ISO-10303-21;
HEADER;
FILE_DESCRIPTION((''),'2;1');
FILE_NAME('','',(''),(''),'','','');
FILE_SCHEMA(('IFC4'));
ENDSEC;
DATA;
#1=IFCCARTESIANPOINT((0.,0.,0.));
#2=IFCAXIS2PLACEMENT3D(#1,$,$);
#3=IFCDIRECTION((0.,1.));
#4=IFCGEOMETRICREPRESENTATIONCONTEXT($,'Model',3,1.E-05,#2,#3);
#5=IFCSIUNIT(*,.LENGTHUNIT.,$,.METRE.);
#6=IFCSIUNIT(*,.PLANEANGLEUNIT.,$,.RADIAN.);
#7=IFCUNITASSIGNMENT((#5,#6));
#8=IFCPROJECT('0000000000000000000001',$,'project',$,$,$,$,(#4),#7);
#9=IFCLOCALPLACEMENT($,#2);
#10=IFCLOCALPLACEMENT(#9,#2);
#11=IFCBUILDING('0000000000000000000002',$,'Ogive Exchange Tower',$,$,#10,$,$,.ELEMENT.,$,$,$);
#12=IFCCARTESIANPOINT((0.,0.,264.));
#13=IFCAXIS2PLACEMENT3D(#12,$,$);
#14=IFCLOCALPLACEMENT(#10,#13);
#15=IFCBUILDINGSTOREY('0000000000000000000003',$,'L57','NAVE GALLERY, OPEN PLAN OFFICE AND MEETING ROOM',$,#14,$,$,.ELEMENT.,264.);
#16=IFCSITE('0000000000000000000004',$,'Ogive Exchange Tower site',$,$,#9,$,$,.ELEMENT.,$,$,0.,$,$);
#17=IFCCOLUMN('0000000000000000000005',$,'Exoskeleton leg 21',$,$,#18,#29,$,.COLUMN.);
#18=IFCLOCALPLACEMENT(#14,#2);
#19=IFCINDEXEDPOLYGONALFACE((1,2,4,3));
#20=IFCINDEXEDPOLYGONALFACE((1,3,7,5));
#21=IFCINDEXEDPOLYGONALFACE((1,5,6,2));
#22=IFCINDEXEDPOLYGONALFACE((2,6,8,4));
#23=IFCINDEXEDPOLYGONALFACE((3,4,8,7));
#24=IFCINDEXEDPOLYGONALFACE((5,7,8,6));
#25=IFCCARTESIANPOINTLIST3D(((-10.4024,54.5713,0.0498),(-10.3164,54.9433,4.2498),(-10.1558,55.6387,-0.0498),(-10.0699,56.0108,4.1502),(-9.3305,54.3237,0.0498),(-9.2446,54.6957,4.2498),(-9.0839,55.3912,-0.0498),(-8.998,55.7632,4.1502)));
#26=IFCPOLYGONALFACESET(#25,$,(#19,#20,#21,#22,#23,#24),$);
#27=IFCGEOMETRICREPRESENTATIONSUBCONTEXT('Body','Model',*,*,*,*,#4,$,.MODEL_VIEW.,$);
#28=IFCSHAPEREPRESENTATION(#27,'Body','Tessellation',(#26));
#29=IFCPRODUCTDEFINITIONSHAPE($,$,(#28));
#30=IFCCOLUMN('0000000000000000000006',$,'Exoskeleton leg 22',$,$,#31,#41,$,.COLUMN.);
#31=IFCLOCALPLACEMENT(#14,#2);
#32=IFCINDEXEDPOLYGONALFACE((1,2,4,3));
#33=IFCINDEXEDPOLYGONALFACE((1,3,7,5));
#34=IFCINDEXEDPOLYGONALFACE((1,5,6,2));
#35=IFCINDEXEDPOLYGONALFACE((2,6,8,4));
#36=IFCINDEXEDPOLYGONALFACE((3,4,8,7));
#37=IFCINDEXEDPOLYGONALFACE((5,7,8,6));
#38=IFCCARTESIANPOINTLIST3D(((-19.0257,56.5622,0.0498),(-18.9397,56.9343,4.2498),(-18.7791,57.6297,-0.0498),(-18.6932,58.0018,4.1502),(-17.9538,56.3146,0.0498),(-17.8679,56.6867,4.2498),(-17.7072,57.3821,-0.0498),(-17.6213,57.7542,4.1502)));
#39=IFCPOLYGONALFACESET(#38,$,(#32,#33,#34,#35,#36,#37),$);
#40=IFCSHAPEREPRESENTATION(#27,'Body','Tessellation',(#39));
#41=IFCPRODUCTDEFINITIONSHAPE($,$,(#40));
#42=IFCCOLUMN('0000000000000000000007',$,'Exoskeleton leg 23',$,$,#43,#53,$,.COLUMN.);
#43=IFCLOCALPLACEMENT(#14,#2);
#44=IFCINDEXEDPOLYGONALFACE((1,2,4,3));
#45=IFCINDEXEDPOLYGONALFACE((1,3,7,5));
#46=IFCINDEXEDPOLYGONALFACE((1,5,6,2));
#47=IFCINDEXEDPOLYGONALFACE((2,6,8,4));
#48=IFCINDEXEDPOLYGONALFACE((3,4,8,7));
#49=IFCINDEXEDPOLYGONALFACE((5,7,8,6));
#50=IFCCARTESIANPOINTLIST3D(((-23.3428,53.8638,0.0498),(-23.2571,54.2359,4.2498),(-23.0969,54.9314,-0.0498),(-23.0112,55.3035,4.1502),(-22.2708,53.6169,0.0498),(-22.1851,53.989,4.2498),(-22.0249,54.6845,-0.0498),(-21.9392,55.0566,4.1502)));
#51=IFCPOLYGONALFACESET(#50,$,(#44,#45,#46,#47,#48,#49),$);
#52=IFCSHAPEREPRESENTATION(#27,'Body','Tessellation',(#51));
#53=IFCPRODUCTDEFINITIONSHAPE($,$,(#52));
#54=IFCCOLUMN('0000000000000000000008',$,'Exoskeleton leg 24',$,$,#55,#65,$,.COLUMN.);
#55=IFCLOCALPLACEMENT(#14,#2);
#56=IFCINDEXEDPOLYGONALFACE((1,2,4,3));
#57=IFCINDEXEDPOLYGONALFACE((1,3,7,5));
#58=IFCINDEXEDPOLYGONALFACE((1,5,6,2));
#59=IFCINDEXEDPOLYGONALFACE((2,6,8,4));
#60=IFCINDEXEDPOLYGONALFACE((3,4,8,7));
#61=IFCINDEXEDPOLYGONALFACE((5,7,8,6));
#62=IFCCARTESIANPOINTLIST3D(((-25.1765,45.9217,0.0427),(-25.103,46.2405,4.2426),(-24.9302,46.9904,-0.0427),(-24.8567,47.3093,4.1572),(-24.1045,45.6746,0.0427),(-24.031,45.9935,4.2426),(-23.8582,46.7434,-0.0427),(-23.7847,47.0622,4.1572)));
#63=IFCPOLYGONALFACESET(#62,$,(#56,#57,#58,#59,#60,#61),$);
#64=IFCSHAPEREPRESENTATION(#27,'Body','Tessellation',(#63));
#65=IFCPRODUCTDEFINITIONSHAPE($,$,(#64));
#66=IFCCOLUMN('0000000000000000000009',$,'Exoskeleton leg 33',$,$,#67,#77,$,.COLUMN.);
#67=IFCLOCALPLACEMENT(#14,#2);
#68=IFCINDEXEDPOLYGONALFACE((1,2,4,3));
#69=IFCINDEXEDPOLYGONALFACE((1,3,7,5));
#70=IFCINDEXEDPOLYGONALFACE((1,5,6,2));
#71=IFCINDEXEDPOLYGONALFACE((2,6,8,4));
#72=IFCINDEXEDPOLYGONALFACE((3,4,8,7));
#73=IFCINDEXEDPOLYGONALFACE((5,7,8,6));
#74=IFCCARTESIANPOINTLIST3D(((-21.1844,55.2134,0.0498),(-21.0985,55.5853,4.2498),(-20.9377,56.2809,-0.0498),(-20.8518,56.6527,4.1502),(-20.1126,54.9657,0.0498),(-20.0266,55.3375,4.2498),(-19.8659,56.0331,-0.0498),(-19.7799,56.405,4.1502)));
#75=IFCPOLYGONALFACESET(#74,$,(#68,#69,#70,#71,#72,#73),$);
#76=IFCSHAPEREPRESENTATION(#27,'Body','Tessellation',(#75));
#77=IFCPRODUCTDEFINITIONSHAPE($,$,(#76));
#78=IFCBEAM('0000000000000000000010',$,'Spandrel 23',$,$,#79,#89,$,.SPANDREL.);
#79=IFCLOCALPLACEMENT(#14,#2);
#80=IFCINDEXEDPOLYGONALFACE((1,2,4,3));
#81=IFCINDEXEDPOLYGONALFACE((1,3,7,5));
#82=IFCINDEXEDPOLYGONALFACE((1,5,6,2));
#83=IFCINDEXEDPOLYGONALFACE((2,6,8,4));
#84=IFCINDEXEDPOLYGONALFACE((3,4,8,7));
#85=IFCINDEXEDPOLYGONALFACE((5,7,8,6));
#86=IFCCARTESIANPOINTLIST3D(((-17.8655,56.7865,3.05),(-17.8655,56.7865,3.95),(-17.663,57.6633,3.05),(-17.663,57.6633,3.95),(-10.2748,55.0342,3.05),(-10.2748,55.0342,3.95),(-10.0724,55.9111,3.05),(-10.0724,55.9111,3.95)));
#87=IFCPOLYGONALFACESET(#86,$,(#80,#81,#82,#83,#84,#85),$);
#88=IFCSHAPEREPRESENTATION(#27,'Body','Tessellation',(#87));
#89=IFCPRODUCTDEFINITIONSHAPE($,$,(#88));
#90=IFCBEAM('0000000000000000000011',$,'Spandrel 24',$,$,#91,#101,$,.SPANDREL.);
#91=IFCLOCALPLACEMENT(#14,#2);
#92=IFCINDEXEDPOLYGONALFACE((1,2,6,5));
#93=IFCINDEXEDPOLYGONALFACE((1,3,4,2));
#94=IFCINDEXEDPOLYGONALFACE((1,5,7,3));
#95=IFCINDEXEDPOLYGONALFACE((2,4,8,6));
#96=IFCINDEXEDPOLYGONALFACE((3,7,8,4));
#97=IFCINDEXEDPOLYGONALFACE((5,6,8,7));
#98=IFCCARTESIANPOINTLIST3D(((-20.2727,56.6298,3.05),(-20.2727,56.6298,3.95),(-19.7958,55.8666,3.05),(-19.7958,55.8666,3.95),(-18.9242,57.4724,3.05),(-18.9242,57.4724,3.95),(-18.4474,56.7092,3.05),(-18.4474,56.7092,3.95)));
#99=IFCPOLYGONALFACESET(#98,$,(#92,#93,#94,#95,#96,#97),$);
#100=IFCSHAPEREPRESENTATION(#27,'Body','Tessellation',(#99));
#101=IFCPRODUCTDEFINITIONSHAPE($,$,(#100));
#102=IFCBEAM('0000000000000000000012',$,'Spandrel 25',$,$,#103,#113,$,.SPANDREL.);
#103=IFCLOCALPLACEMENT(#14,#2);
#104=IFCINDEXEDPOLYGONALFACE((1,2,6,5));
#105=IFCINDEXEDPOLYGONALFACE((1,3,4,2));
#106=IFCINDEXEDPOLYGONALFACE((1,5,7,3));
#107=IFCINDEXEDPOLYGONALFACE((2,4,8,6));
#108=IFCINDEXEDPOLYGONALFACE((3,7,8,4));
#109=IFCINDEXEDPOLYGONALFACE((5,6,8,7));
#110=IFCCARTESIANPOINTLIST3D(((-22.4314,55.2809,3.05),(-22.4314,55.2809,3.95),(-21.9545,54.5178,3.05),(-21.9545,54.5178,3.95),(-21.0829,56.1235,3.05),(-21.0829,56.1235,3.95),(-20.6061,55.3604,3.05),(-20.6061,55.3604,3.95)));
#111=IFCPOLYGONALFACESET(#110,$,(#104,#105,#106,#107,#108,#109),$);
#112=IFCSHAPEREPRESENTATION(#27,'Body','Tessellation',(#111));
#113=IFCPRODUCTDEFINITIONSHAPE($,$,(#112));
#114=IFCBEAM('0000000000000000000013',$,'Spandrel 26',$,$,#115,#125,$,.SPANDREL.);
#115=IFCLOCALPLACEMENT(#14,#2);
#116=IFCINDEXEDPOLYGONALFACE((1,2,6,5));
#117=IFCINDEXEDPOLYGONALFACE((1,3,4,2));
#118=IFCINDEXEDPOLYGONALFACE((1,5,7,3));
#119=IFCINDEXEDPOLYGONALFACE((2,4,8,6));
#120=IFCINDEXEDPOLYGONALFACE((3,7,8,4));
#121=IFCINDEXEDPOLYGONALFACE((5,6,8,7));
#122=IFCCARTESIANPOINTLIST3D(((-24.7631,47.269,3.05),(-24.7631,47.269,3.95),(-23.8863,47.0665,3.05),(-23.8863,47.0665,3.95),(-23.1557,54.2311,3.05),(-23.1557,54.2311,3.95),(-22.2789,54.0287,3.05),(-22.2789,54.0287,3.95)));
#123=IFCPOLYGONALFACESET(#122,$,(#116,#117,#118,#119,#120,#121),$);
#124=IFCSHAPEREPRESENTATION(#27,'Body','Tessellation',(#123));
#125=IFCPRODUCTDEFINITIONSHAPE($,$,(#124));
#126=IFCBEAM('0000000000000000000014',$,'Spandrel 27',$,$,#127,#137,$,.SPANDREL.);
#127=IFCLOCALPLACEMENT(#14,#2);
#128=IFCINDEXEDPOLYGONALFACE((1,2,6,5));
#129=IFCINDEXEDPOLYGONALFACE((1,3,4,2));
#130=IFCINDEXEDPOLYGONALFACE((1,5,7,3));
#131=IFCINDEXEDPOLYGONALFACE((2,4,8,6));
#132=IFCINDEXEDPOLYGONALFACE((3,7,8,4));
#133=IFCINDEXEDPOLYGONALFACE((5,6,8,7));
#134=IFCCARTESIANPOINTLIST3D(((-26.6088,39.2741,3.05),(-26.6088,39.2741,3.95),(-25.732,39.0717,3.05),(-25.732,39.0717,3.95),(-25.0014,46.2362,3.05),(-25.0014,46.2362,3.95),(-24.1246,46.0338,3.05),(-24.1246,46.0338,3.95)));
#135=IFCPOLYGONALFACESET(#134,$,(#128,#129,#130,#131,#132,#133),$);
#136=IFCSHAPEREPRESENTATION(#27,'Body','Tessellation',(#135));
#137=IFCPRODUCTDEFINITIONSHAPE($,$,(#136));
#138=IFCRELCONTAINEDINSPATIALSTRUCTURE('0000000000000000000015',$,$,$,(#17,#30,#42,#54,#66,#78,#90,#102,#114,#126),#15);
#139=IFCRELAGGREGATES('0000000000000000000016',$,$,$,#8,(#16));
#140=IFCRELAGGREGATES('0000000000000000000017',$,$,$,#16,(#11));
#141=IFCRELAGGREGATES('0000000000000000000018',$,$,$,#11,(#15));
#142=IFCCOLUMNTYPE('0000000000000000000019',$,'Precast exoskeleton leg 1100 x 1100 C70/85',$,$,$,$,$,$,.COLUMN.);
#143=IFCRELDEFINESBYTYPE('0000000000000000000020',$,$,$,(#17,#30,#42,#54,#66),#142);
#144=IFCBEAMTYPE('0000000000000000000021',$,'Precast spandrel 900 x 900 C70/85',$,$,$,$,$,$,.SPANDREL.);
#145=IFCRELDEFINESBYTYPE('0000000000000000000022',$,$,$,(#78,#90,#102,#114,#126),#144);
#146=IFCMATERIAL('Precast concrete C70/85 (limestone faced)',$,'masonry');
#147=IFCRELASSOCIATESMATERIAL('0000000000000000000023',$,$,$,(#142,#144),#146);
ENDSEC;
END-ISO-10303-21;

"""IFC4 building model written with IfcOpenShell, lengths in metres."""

from ifc_helpers import new_model, si_unit, direction, frame, origin, origin_2d, place, context, subcontext, project, spatial, rectangle, extrude, material, material_profile, profile_set, type_object, element, save


model = new_model("IFC4")

# Units and contexts
model_context = context("Model", 3, precision=1e-05, world=origin(), true_north=direction((0.0, 1.0)))
body_context = subcontext(model_context, "Body", "Model", "MODEL_VIEW")
ifc_project = project(units=[si_unit("LENGTHUNIT", "METRE"), si_unit("PLANEANGLEUNIT", "RADIAN")], contexts=[model_context])

# Site, building, storey
site_placement = place(None, origin())
site = spatial("IfcSite", under=ifc_project, at=site_placement, Name="Ogive Exchange Tower site", CompositionType="ELEMENT", RefElevation=0.0)
building_placement = place(site_placement, origin())
building = spatial("IfcBuilding", under=site, at=building_placement, Name="Ogive Exchange Tower", CompositionType="ELEMENT")
storey_placement = place(building_placement, frame((0.0, 0.0, 264.0)))
storey = spatial("IfcBuildingStorey", under=building, at=storey_placement, Name="L57", Description="NAVE GALLERY, OPEN PLAN OFFICE AND MEETING ROOM", CompositionType="ELEMENT", Elevation=264.0)

# Columns
ifc_material_1 = material(Name="Precast concrete C70/85 (limestone faced)", Category="masonry")
ifc_material_profile_1 = material_profile(ifc_material_1, rectangle(XDim=1.1001, YDim=1.1001, at=origin_2d()), Name="1100 x 1100")
ifc_profile_set_1 = profile_set([ifc_material_profile_1], Name="Precast concrete C70/85 (limestone faced)")
column_type = type_object("IfcColumnType", Name="Precast exoskeleton leg 1100 x 1100 C70/85", PredefinedType="COLUMN", material=ifc_profile_set_1)
for number, where, z_axis, x_axis, name in (
    (1, (-9.7432, 54.9812, 0.0), (0.020377, 0.088225, 0.995892), (-0.974348, 0.225046, 0.0), "Exoskeleton leg 21"),
    (2, (-18.3665, 56.9722, 0.0), (0.020377, 0.088225, 0.995892), (-0.974348, 0.225046, 0.0), "Exoskeleton leg 22"),
    (3, (-22.6838, 54.2742, 0.0), (0.02032, 0.088225, 0.995893), (-0.974488, 0.224439, 0.0), "Exoskeleton leg 23"),
):
    element("IfcColumn", number, at=place(storey_placement, frame(where, z_axis=z_axis, x_axis=x_axis)), inside=storey, type_object=column_type, Name=name, PredefinedType="COLUMN", context=body_context, shape_type="SweptSolid", body=[
        extrude(rectangle(XDim=1.1001, YDim=1.1001, at=origin_2d()), origin(), (0.0, 0.0, 1.0), 4.2173),
    ])
column_1_placement = place(storey_placement, frame((-24.5173, 46.3325, 0.0), z_axis=(0.017444, 0.075688, 0.996979), x_axis=(-0.974454, 0.224587, 0.0)))
element("IfcColumn", 4, at=column_1_placement, inside=storey, type_object=column_type, Name="Exoskeleton leg 24", PredefinedType="COLUMN", context=body_context, shape_type="SweptSolid", body=[
    extrude(rectangle(XDim=1.1001, YDim=1.1001, at=origin_2d()), origin(), (0.0, 0.0, 1.0), 4.2126),
])
column_2_placement = place(storey_placement, frame((-20.5251, 55.6233, 0.0), z_axis=(0.020378, 0.088168, 0.995897), x_axis=(-0.974316, 0.225187, 0.0)))
element("IfcColumn", 5, at=column_2_placement, inside=storey, type_object=column_type, Name="Exoskeleton leg 33", PredefinedType="COLUMN", context=body_context, shape_type="SweptSolid", body=[
    extrude(rectangle(XDim=1.1001, YDim=1.1001, at=origin_2d()), origin(), (0.0, 0.0, 1.0), 4.2173),
])

# Beams
ifc_material_profile_2 = material_profile(ifc_material_1, rectangle(XDim=0.8999, YDim=0.8999, at=origin_2d()), Name="900 x 900")
ifc_profile_set_2 = profile_set([ifc_material_profile_2], Name="Precast concrete C70/85 (limestone faced)")
beam_type = type_object("IfcBeamType", Name="Precast spandrel 900 x 900 C70/85", PredefinedType="SPANDREL", material=ifc_profile_set_2)
beam_placement = place(storey_placement, frame((-10.1736, 55.4727, 3.5), z_axis=(-0.974376, 0.224924, 0.0), x_axis=(-0.224924, -0.974376, 0.0)))
element("IfcBeam", 6, at=beam_placement, inside=storey, type_object=beam_type, Name="Spandrel 23", PredefinedType="SPANDREL", context=body_context, shape_type="SweptSolid", body=[
    extrude(rectangle(XDim=0.8999, YDim=0.8999, at=origin_2d()), origin(), (0.0, 0.0, 1.0), 7.7903),
])
for number, where, z_axis, x_axis, name in (
    (7, (-18.6858, 57.0908, 3.5), (-0.848059, -0.529902, 0.0), (0.529902, -0.848059, 0.0), "Spandrel 24"),
    (8, (-20.8445, 55.7419, 3.5), (-0.848059, -0.529902, 0.0), (0.529902, -0.848059, 0.0), "Spandrel 25"),
):
    element("IfcBeam", number, at=place(storey_placement, frame(where, z_axis=z_axis, x_axis=x_axis)), inside=storey, type_object=beam_type, Name=name, PredefinedType="SPANDREL", context=body_context, shape_type="SweptSolid", body=[
        extrude(rectangle(XDim=0.8999, YDim=0.8999, at=origin_2d()), origin(), (0.0, 0.0, 1.0), 1.5901),
    ])
for number, where, z_axis, x_axis, name in (
    (9, (-22.7173, 54.1299, 3.5), (-0.224962, -0.974368, 0.0), (0.974368, -0.224962, 0.0), "Spandrel 26"),
    (10, (-24.563, 46.135, 3.5), (-0.224962, -0.974368, 0.0), (0.974368, -0.224962, 0.0), "Spandrel 27"),
):
    element("IfcBeam", number, at=place(storey_placement, frame(where, z_axis=z_axis, x_axis=x_axis)), inside=storey, type_object=beam_type, Name=name, PredefinedType="SPANDREL", context=body_context, shape_type="SweptSolid", body=[
        extrude(rectangle(XDim=0.8999, YDim=0.8999, at=origin_2d()), origin(), (0.0, 0.0, 1.0), 7.1453),
    ])

save(model, "model.ifc")
